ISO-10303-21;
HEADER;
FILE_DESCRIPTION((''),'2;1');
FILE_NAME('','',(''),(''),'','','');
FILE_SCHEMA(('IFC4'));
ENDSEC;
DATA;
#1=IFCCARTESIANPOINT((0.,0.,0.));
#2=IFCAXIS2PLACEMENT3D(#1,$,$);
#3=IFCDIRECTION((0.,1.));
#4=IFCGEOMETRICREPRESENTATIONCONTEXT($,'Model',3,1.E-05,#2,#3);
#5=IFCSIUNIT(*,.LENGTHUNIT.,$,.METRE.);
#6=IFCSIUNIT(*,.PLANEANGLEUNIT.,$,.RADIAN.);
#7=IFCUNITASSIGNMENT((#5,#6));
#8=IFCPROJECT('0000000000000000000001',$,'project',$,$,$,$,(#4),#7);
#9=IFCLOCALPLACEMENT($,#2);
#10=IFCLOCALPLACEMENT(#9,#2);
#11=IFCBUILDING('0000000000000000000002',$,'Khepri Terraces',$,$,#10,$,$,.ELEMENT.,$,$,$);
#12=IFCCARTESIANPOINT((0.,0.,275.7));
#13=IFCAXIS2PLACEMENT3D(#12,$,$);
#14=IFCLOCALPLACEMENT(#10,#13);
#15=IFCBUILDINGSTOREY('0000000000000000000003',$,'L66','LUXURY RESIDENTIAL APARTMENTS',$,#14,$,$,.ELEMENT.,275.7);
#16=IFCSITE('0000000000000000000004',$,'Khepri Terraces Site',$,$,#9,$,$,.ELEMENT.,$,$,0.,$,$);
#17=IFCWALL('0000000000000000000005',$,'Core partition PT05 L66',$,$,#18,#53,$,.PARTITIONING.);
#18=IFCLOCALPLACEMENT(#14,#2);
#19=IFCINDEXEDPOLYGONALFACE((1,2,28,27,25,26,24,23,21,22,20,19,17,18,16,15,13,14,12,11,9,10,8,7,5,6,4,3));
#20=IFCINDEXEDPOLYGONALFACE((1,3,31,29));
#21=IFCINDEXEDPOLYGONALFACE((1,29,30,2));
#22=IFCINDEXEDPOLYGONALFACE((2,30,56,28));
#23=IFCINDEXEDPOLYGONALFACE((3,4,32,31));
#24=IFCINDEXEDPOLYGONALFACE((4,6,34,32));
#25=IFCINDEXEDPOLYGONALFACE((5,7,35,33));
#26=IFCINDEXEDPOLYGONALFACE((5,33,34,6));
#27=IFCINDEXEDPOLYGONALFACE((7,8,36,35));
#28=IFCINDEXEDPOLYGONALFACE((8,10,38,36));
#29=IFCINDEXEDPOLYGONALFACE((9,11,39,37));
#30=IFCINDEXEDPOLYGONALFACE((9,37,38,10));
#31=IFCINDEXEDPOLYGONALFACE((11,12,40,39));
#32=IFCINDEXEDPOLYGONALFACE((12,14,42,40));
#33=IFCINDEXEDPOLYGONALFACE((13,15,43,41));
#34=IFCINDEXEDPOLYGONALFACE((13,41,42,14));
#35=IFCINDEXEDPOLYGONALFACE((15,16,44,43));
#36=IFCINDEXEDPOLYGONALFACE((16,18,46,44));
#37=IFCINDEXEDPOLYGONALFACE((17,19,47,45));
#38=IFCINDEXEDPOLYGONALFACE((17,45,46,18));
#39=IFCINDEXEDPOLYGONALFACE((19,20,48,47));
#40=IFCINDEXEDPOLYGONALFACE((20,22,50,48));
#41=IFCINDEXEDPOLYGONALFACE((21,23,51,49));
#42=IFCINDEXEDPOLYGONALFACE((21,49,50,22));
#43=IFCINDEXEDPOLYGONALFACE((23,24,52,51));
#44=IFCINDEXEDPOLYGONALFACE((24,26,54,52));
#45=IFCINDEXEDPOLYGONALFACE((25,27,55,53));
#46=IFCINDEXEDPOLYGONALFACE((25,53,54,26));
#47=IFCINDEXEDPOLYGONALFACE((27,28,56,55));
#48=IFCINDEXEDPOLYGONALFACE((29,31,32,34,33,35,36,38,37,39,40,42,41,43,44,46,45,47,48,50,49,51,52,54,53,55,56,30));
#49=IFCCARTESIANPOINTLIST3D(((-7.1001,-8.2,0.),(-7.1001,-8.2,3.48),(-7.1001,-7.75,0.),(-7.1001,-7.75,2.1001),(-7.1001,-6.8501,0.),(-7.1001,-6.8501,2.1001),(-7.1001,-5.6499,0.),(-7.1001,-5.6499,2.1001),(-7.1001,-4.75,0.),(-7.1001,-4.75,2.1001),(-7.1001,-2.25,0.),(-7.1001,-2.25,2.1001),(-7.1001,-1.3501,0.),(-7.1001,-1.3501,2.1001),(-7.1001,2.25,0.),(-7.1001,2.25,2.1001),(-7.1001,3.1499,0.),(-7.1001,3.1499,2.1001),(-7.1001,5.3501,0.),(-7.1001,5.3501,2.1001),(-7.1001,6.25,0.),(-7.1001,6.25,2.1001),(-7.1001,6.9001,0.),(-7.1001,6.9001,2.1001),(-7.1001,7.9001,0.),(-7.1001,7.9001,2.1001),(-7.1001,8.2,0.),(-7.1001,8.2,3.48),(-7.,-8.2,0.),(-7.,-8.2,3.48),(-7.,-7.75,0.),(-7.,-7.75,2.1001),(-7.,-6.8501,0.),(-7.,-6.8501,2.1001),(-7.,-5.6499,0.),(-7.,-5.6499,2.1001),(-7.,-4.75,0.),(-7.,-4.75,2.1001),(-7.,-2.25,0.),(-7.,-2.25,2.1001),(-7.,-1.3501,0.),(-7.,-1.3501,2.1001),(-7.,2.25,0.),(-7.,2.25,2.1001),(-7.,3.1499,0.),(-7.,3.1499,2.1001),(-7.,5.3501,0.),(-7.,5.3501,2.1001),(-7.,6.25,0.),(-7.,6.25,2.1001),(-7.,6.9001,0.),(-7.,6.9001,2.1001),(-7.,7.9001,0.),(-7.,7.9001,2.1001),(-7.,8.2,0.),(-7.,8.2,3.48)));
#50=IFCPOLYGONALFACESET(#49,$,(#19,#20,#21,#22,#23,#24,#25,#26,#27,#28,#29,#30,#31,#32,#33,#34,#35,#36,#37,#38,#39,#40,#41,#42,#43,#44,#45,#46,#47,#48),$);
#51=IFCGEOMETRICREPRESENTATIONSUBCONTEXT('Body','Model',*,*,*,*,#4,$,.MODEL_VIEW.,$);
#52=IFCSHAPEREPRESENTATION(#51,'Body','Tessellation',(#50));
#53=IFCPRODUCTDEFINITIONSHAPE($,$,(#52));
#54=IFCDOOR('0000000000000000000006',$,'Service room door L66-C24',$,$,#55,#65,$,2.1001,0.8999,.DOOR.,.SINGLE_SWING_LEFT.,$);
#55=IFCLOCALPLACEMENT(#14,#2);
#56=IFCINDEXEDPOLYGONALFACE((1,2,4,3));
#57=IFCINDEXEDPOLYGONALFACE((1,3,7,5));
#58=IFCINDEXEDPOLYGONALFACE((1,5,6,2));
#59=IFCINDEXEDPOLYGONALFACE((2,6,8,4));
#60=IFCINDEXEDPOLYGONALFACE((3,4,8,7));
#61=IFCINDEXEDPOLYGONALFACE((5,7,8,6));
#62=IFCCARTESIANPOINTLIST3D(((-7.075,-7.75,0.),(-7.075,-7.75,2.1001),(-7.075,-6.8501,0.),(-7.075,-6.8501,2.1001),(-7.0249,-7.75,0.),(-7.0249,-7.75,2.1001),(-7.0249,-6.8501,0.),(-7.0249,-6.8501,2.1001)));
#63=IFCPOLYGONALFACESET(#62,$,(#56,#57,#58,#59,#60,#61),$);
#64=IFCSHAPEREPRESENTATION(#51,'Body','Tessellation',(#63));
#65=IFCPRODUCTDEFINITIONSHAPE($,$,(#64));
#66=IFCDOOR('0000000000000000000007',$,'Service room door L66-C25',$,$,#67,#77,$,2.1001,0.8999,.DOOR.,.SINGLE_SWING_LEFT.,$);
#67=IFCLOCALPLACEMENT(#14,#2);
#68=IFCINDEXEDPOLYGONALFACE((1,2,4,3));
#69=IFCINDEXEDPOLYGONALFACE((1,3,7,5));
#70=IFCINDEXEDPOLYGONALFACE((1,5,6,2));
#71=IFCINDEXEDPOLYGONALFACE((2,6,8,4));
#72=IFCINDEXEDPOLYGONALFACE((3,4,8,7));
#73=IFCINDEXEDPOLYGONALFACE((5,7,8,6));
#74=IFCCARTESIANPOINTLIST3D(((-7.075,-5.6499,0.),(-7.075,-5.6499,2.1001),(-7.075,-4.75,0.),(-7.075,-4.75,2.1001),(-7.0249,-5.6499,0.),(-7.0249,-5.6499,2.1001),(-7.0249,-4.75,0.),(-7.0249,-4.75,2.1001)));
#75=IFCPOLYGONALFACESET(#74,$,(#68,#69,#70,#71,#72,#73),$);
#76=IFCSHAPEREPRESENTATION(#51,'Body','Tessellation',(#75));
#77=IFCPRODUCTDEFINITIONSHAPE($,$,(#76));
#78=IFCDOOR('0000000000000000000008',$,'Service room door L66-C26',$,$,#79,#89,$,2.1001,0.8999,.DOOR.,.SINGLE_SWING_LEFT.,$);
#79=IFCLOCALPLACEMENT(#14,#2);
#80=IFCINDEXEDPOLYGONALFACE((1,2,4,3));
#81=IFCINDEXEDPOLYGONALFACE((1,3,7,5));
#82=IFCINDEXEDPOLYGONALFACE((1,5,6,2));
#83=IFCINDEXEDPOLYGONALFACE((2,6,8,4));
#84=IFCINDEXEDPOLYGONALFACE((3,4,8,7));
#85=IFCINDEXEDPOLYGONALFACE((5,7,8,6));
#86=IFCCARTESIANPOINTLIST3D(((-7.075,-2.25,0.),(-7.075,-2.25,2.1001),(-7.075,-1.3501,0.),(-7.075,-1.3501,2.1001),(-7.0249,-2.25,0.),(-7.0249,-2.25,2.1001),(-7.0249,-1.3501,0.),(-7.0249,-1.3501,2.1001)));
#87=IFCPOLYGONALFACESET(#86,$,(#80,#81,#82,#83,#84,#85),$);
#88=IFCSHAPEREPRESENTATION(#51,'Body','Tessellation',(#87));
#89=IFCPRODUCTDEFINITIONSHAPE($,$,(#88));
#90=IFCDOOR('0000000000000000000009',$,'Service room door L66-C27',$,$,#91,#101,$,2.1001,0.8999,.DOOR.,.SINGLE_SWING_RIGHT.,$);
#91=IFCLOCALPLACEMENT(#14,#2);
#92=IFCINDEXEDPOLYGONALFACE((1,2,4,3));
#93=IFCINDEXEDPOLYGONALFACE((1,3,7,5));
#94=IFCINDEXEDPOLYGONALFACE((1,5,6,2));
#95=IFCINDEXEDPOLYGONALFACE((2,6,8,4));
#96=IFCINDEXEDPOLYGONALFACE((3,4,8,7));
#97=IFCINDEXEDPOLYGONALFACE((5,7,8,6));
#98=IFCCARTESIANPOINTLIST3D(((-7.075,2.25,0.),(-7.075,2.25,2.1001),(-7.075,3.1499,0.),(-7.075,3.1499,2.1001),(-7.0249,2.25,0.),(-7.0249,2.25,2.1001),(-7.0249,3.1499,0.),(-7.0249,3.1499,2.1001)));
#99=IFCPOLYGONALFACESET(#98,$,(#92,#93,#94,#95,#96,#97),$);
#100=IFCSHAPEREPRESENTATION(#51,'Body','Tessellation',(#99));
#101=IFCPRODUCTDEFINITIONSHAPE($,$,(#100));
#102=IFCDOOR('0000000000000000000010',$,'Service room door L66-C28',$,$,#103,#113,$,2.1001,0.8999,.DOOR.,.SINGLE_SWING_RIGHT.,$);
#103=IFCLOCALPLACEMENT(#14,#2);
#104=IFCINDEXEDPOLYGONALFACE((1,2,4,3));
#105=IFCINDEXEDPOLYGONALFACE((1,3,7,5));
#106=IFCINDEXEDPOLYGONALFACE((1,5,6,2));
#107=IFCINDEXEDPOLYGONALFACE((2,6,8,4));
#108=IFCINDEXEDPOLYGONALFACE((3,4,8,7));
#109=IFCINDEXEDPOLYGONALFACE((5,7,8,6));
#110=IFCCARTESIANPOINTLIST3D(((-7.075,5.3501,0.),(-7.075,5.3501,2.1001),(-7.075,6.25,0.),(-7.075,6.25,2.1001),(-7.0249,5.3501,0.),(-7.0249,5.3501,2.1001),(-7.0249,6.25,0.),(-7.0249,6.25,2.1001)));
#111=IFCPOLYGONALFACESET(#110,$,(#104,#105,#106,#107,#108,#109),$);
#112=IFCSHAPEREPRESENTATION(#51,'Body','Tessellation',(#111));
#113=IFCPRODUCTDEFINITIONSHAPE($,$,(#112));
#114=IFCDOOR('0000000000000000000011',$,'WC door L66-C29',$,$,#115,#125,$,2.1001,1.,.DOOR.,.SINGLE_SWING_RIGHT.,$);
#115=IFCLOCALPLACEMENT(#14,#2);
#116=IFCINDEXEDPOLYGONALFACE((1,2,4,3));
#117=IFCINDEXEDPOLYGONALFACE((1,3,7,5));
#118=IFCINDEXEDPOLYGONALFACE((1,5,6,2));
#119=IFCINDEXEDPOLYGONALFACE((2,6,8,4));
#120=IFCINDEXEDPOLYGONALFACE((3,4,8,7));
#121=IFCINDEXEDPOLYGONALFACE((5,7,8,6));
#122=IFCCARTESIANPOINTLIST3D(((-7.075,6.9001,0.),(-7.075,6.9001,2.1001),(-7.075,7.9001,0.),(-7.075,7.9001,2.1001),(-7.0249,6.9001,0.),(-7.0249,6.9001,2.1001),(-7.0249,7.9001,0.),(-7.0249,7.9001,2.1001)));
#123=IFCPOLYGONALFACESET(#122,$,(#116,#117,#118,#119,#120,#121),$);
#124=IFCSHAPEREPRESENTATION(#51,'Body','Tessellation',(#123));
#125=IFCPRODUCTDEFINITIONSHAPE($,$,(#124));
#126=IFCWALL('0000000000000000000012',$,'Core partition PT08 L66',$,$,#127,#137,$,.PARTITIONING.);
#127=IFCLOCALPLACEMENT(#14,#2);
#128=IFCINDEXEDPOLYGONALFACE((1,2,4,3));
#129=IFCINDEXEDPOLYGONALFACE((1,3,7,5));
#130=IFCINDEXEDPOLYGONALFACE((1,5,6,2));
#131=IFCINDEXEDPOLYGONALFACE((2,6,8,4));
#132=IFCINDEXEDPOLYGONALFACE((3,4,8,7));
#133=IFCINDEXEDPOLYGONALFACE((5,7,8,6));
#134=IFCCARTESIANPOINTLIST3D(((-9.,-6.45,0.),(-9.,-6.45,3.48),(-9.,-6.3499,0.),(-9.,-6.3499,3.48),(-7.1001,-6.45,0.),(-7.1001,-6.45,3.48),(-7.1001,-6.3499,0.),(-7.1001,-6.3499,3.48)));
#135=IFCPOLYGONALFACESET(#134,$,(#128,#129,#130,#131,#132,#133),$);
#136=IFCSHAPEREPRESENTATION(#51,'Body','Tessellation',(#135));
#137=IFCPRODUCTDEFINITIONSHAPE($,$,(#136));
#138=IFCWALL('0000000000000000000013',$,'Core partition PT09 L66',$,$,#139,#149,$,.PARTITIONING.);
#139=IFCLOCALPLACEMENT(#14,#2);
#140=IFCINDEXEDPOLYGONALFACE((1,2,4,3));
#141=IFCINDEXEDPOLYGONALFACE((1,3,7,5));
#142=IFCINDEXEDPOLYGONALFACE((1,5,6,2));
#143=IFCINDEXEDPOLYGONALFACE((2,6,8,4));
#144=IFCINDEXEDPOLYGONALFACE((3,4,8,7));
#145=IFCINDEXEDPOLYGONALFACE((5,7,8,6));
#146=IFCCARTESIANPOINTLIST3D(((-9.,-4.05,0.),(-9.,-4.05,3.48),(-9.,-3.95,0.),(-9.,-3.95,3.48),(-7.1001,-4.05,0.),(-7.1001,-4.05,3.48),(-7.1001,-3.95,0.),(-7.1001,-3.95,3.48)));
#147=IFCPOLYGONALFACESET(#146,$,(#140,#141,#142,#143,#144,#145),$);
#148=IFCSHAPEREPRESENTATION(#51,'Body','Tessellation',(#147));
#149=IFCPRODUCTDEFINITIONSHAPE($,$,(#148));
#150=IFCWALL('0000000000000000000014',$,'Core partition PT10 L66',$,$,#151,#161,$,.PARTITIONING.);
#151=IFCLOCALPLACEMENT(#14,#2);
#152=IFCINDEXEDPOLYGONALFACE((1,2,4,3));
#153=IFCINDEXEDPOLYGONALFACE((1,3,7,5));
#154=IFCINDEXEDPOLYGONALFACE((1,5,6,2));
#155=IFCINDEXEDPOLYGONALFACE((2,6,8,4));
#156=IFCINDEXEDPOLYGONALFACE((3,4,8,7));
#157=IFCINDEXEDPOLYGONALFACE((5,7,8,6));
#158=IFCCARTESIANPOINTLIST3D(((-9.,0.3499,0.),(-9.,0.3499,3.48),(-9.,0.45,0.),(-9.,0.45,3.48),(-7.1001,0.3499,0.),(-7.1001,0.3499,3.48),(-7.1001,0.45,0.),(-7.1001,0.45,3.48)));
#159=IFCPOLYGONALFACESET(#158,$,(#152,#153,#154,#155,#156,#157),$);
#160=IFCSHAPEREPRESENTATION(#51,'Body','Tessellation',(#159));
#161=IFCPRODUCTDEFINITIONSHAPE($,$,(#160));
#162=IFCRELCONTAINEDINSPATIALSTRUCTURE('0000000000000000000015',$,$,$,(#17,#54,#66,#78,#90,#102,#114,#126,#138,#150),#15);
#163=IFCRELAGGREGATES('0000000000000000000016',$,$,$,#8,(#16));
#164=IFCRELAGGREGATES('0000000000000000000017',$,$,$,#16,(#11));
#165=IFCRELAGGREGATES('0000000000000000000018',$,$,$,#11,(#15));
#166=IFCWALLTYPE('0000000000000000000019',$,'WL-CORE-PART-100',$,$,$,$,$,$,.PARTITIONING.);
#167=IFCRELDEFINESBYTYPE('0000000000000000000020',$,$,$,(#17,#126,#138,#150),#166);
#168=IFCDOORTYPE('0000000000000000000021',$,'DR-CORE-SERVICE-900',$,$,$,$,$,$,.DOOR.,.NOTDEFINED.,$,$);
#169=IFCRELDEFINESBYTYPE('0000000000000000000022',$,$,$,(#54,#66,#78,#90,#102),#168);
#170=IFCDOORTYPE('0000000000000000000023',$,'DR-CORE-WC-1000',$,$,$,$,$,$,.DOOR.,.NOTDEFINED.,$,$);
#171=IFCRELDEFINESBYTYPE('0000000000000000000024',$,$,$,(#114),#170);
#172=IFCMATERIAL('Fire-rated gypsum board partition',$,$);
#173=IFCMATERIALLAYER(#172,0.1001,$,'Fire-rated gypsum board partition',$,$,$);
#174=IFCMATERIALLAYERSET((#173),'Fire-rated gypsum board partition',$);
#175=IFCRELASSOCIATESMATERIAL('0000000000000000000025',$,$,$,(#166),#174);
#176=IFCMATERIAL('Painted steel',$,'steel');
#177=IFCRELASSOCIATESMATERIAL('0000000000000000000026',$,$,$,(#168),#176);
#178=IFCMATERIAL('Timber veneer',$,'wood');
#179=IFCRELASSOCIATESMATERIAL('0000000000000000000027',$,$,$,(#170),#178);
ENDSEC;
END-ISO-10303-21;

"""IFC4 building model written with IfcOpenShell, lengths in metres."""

from ifc_helpers import new_model, si_unit, direction, frame, frame_2d, origin, place, context, subcontext, project, spatial, rectangle, extrude, material, layer, layer_set, type_object, element, fill, save


model = new_model("IFC4")

# Units and contexts
model_context = context("Model", 3, precision=1e-05, world=origin(), true_north=direction((0.0, 1.0)))
body_context = subcontext(model_context, "Body", "Model", "MODEL_VIEW")
ifc_project = project(units=[si_unit("LENGTHUNIT", "METRE"), si_unit("PLANEANGLEUNIT", "RADIAN")], contexts=[model_context])

# Site, building, storey
site_placement = place(None, origin())
site = spatial("IfcSite", under=ifc_project, at=site_placement, Name="Khepri Terraces Site", CompositionType="ELEMENT", RefElevation=0.0)
building_placement = place(site_placement, origin())
building = spatial("IfcBuilding", under=site, at=building_placement, Name="Khepri Terraces", CompositionType="ELEMENT")
storey_placement = place(building_placement, frame((0.0, 0.0, 275.7)))
storey = spatial("IfcBuildingStorey", under=building, at=storey_placement, Name="L66", Description="LUXURY RESIDENTIAL APARTMENTS", CompositionType="ELEMENT", Elevation=275.7)

# Shared definitions
ifc_material_1 = material(Name="Painted steel", Category="steel")

# Wall, openings, doors
ifc_material_2 = material(Name="Fire-rated gypsum board partition")
ifc_layer_1 = layer(ifc_material_2, 0.1001, Name="Fire-rated gypsum board partition")
ifc_layer_set_1 = layer_set([ifc_layer_1], Name="Fire-rated gypsum board partition")
wall_type_1 = type_object("IfcWallType", Name="WL-CORE-PART-100", PredefinedType="PARTITIONING", material=ifc_layer_set_1)
wall_1_placement = place(storey_placement, frame((-7.05, -8.2, 0.0), z_axis=(0.0, 0.0, 1.0), x_axis=(0.0, 1.0, 0.0)))
wall_1 = element("IfcWall", 1, at=wall_1_placement, inside=storey, type_object=wall_type_1, Name="Core partition PT05 L66", PredefinedType="PARTITIONING", context=body_context, shape_type="SweptSolid", body=[
    extrude(rectangle(XDim=16.3999, YDim=0.1001, at=frame_2d((8.2, 0.0))), origin(), (0.0, 0.0, 1.0), 3.48),
])
opening_1_placement = place(wall_1_placement, frame((0.45, 0.0, 0.0)))
opening_1 = element("IfcOpeningElement", 2, at=opening_1_placement, cuts=wall_1, PredefinedType="OPENING", context=body_context, shape_type="SweptSolid", body=[
    extrude(rectangle(XDim=0.8999, YDim=2.1001, at=frame_2d((0.45, 1.05))), frame((0.0, 0.0601, 0.0), z_axis=(0.0, -1.0, 0.0), x_axis=(1.0, 0.0, 0.0)), (0.0, 0.0, 1.0), 0.1201),
])
opening_2_placement = place(wall_1_placement, frame((2.55, 0.0, 0.0)))
opening_2 = element("IfcOpeningElement", 3, at=opening_2_placement, cuts=wall_1, PredefinedType="OPENING", context=body_context, shape_type="SweptSolid", body=[
    extrude(rectangle(XDim=0.8999, YDim=2.1001, at=frame_2d((0.45, 1.05))), frame((0.0, 0.0601, 0.0), z_axis=(0.0, -1.0, 0.0), x_axis=(1.0, 0.0, 0.0)), (0.0, 0.0, 1.0), 0.1201),
])
opening_3_placement = place(wall_1_placement, frame((5.95, 0.0, 0.0)))
opening_3 = element("IfcOpeningElement", 4, at=opening_3_placement, cuts=wall_1, PredefinedType="OPENING", context=body_context, shape_type="SweptSolid", body=[
    extrude(rectangle(XDim=0.8999, YDim=2.1001, at=frame_2d((0.45, 1.05))), frame((0.0, 0.0601, 0.0), z_axis=(0.0, -1.0, 0.0), x_axis=(1.0, 0.0, 0.0)), (0.0, 0.0, 1.0), 0.1201),
])
opening_4_placement = place(wall_1_placement, frame((10.45, 0.0, 0.0)))
opening_4 = element("IfcOpeningElement", 5, at=opening_4_placement, cuts=wall_1, PredefinedType="OPENING", context=body_context, shape_type="SweptSolid", body=[
    extrude(rectangle(XDim=0.8999, YDim=2.1001, at=frame_2d((0.45, 1.05))), frame((0.0, 0.0601, 0.0), z_axis=(0.0, -1.0, 0.0), x_axis=(1.0, 0.0, 0.0)), (0.0, 0.0, 1.0), 0.1201),
])
opening_5_placement = place(wall_1_placement, frame((13.55, 0.0, 0.0)))
opening_5 = element("IfcOpeningElement", 6, at=opening_5_placement, cuts=wall_1, PredefinedType="OPENING", context=body_context, shape_type="SweptSolid", body=[
    extrude(rectangle(XDim=0.8999, YDim=2.1001, at=frame_2d((0.45, 1.05))), frame((0.0, 0.0601, 0.0), z_axis=(0.0, -1.0, 0.0), x_axis=(1.0, 0.0, 0.0)), (0.0, 0.0, 1.0), 0.1201),
])
opening_6_placement = place(wall_1_placement, frame((15.1001, 0.0, 0.0)))
opening_6 = element("IfcOpeningElement", 7, at=opening_6_placement, cuts=wall_1, PredefinedType="OPENING", context=body_context, shape_type="SweptSolid", body=[
    extrude(rectangle(XDim=1.0, YDim=2.1001, at=frame_2d((0.5, 1.05))), frame((0.0, 0.0601, 0.0), z_axis=(0.0, -1.0, 0.0), x_axis=(1.0, 0.0, 0.0)), (0.0, 0.0, 1.0), 0.1201),
])
door_type_1 = type_object("IfcDoorType", Name="DR-CORE-SERVICE-900", OperationType="NOTDEFINED", PredefinedType="DOOR", material=ifc_material_1)
door_1_placement = place(opening_1_placement, origin())
door_1 = element("IfcDoor", 8, at=door_1_placement, inside=storey, type_object=door_type_1, Name="Service room door L66-C24", OperationType="SINGLE_SWING_LEFT", OverallHeight=2.1001, OverallWidth=0.8999, PredefinedType="DOOR", context=body_context, shape_type="SweptSolid", body=[
    extrude(rectangle(XDim=0.8999, YDim=2.1001, at=frame_2d((0.45, 1.05))), frame((0.0, 0.0249, 0.0), z_axis=(0.0, -1.0, 0.0), x_axis=(1.0, 0.0, 0.0)), (0.0, 0.0, 1.0), 0.05),
])
fill(opening_1, door_1)
door_2_placement = place(opening_2_placement, origin())
door_2 = element("IfcDoor", 9, at=door_2_placement, inside=storey, type_object=door_type_1, Name="Service room door L66-C25", OperationType="SINGLE_SWING_LEFT", OverallHeight=2.1001, OverallWidth=0.8999, PredefinedType="DOOR", context=body_context, shape_type="SweptSolid", body=[
    extrude(rectangle(XDim=0.8999, YDim=2.1001, at=frame_2d((0.45, 1.05))), frame((0.0, 0.0249, 0.0), z_axis=(0.0, -1.0, 0.0), x_axis=(1.0, 0.0, 0.0)), (0.0, 0.0, 1.0), 0.05),
])
fill(opening_2, door_2)
door_3_placement = place(opening_3_placement, origin())
door_3 = element("IfcDoor", 10, at=door_3_placement, inside=storey, type_object=door_type_1, Name="Service room door L66-C26", OperationType="SINGLE_SWING_LEFT", OverallHeight=2.1001, OverallWidth=0.8999, PredefinedType="DOOR", context=body_context, shape_type="SweptSolid", body=[
    extrude(rectangle(XDim=0.8999, YDim=2.1001, at=frame_2d((0.45, 1.05))), frame((0.0, 0.0249, 0.0), z_axis=(0.0, -1.0, 0.0), x_axis=(1.0, 0.0, 0.0)), (0.0, 0.0, 1.0), 0.05),
])
fill(opening_3, door_3)
door_4_placement = place(opening_4_placement, origin())
door_4 = element("IfcDoor", 11, at=door_4_placement, inside=storey, type_object=door_type_1, Name="Service room door L66-C27", OperationType="SINGLE_SWING_RIGHT", OverallHeight=2.1001, OverallWidth=0.8999, PredefinedType="DOOR", context=body_context, shape_type="SweptSolid", body=[
    extrude(rectangle(XDim=0.8999, YDim=2.1001, at=frame_2d((0.45, 1.05))), frame((0.0, 0.0249, 0.0), z_axis=(0.0, -1.0, 0.0), x_axis=(1.0, 0.0, 0.0)), (0.0, 0.0, 1.0), 0.05),
])
fill(opening_4, door_4)
door_5_placement = place(opening_5_placement, origin())
door_5 = element("IfcDoor", 12, at=door_5_placement, inside=storey, type_object=door_type_1, Name="Service room door L66-C28", OperationType="SINGLE_SWING_RIGHT", OverallHeight=2.1001, OverallWidth=0.8999, PredefinedType="DOOR", context=body_context, shape_type="SweptSolid", body=[
    extrude(rectangle(XDim=0.8999, YDim=2.1001, at=frame_2d((0.45, 1.05))), frame((0.0, 0.0249, 0.0), z_axis=(0.0, -1.0, 0.0), x_axis=(1.0, 0.0, 0.0)), (0.0, 0.0, 1.0), 0.05),
])
fill(opening_5, door_5)
ifc_material_3 = material(Name="Timber veneer", Category="wood")
door_type_2 = type_object("IfcDoorType", Name="DR-CORE-WC-1000", OperationType="NOTDEFINED", PredefinedType="DOOR", material=ifc_material_3)
door_6_placement = place(opening_6_placement, origin())
door_6 = element("IfcDoor", 13, at=door_6_placement, inside=storey, type_object=door_type_2, Name="WC door L66-C29", OperationType="SINGLE_SWING_RIGHT", OverallHeight=2.1001, OverallWidth=1.0, PredefinedType="DOOR", context=body_context, shape_type="SweptSolid", body=[
    extrude(rectangle(XDim=1.0, YDim=2.1001, at=frame_2d((0.5, 1.05))), frame((0.0, 0.0249, 0.0), z_axis=(0.0, -1.0, 0.0), x_axis=(1.0, 0.0, 0.0)), (0.0, 0.0, 1.0), 0.05),
])
fill(opening_6, door_6)

# Walls
for number, where, z_axis, x_axis, name in (
    (14, (-9.0, -6.3999, 0.0), (0.0, 0.0, 1.0), (1.0, 0.0, 0.0), "Core partition PT08 L66"),
    (15, (-9.0, -4.0, 0.0), (0.0, 0.0, 1.0), (1.0, 0.0, 0.0), "Core partition PT09 L66"),
    (16, (-9.0, 0.3999, 0.0), (0.0, 0.0, 1.0), (1.0, 0.0, 0.0), "Core partition PT10 L66"),
):
    element("IfcWall", number, at=place(storey_placement, frame(where, z_axis=z_axis, x_axis=x_axis)), inside=storey, type_object=wall_type_1, Name=name, PredefinedType="PARTITIONING", context=body_context, shape_type="SweptSolid", body=[
        extrude(rectangle(XDim=1.8999, YDim=0.1001, at=frame_2d((0.95, 0.0))), origin(), (0.0, 0.0, 1.0), 3.48),
    ])

save(model, "model.ifc")
